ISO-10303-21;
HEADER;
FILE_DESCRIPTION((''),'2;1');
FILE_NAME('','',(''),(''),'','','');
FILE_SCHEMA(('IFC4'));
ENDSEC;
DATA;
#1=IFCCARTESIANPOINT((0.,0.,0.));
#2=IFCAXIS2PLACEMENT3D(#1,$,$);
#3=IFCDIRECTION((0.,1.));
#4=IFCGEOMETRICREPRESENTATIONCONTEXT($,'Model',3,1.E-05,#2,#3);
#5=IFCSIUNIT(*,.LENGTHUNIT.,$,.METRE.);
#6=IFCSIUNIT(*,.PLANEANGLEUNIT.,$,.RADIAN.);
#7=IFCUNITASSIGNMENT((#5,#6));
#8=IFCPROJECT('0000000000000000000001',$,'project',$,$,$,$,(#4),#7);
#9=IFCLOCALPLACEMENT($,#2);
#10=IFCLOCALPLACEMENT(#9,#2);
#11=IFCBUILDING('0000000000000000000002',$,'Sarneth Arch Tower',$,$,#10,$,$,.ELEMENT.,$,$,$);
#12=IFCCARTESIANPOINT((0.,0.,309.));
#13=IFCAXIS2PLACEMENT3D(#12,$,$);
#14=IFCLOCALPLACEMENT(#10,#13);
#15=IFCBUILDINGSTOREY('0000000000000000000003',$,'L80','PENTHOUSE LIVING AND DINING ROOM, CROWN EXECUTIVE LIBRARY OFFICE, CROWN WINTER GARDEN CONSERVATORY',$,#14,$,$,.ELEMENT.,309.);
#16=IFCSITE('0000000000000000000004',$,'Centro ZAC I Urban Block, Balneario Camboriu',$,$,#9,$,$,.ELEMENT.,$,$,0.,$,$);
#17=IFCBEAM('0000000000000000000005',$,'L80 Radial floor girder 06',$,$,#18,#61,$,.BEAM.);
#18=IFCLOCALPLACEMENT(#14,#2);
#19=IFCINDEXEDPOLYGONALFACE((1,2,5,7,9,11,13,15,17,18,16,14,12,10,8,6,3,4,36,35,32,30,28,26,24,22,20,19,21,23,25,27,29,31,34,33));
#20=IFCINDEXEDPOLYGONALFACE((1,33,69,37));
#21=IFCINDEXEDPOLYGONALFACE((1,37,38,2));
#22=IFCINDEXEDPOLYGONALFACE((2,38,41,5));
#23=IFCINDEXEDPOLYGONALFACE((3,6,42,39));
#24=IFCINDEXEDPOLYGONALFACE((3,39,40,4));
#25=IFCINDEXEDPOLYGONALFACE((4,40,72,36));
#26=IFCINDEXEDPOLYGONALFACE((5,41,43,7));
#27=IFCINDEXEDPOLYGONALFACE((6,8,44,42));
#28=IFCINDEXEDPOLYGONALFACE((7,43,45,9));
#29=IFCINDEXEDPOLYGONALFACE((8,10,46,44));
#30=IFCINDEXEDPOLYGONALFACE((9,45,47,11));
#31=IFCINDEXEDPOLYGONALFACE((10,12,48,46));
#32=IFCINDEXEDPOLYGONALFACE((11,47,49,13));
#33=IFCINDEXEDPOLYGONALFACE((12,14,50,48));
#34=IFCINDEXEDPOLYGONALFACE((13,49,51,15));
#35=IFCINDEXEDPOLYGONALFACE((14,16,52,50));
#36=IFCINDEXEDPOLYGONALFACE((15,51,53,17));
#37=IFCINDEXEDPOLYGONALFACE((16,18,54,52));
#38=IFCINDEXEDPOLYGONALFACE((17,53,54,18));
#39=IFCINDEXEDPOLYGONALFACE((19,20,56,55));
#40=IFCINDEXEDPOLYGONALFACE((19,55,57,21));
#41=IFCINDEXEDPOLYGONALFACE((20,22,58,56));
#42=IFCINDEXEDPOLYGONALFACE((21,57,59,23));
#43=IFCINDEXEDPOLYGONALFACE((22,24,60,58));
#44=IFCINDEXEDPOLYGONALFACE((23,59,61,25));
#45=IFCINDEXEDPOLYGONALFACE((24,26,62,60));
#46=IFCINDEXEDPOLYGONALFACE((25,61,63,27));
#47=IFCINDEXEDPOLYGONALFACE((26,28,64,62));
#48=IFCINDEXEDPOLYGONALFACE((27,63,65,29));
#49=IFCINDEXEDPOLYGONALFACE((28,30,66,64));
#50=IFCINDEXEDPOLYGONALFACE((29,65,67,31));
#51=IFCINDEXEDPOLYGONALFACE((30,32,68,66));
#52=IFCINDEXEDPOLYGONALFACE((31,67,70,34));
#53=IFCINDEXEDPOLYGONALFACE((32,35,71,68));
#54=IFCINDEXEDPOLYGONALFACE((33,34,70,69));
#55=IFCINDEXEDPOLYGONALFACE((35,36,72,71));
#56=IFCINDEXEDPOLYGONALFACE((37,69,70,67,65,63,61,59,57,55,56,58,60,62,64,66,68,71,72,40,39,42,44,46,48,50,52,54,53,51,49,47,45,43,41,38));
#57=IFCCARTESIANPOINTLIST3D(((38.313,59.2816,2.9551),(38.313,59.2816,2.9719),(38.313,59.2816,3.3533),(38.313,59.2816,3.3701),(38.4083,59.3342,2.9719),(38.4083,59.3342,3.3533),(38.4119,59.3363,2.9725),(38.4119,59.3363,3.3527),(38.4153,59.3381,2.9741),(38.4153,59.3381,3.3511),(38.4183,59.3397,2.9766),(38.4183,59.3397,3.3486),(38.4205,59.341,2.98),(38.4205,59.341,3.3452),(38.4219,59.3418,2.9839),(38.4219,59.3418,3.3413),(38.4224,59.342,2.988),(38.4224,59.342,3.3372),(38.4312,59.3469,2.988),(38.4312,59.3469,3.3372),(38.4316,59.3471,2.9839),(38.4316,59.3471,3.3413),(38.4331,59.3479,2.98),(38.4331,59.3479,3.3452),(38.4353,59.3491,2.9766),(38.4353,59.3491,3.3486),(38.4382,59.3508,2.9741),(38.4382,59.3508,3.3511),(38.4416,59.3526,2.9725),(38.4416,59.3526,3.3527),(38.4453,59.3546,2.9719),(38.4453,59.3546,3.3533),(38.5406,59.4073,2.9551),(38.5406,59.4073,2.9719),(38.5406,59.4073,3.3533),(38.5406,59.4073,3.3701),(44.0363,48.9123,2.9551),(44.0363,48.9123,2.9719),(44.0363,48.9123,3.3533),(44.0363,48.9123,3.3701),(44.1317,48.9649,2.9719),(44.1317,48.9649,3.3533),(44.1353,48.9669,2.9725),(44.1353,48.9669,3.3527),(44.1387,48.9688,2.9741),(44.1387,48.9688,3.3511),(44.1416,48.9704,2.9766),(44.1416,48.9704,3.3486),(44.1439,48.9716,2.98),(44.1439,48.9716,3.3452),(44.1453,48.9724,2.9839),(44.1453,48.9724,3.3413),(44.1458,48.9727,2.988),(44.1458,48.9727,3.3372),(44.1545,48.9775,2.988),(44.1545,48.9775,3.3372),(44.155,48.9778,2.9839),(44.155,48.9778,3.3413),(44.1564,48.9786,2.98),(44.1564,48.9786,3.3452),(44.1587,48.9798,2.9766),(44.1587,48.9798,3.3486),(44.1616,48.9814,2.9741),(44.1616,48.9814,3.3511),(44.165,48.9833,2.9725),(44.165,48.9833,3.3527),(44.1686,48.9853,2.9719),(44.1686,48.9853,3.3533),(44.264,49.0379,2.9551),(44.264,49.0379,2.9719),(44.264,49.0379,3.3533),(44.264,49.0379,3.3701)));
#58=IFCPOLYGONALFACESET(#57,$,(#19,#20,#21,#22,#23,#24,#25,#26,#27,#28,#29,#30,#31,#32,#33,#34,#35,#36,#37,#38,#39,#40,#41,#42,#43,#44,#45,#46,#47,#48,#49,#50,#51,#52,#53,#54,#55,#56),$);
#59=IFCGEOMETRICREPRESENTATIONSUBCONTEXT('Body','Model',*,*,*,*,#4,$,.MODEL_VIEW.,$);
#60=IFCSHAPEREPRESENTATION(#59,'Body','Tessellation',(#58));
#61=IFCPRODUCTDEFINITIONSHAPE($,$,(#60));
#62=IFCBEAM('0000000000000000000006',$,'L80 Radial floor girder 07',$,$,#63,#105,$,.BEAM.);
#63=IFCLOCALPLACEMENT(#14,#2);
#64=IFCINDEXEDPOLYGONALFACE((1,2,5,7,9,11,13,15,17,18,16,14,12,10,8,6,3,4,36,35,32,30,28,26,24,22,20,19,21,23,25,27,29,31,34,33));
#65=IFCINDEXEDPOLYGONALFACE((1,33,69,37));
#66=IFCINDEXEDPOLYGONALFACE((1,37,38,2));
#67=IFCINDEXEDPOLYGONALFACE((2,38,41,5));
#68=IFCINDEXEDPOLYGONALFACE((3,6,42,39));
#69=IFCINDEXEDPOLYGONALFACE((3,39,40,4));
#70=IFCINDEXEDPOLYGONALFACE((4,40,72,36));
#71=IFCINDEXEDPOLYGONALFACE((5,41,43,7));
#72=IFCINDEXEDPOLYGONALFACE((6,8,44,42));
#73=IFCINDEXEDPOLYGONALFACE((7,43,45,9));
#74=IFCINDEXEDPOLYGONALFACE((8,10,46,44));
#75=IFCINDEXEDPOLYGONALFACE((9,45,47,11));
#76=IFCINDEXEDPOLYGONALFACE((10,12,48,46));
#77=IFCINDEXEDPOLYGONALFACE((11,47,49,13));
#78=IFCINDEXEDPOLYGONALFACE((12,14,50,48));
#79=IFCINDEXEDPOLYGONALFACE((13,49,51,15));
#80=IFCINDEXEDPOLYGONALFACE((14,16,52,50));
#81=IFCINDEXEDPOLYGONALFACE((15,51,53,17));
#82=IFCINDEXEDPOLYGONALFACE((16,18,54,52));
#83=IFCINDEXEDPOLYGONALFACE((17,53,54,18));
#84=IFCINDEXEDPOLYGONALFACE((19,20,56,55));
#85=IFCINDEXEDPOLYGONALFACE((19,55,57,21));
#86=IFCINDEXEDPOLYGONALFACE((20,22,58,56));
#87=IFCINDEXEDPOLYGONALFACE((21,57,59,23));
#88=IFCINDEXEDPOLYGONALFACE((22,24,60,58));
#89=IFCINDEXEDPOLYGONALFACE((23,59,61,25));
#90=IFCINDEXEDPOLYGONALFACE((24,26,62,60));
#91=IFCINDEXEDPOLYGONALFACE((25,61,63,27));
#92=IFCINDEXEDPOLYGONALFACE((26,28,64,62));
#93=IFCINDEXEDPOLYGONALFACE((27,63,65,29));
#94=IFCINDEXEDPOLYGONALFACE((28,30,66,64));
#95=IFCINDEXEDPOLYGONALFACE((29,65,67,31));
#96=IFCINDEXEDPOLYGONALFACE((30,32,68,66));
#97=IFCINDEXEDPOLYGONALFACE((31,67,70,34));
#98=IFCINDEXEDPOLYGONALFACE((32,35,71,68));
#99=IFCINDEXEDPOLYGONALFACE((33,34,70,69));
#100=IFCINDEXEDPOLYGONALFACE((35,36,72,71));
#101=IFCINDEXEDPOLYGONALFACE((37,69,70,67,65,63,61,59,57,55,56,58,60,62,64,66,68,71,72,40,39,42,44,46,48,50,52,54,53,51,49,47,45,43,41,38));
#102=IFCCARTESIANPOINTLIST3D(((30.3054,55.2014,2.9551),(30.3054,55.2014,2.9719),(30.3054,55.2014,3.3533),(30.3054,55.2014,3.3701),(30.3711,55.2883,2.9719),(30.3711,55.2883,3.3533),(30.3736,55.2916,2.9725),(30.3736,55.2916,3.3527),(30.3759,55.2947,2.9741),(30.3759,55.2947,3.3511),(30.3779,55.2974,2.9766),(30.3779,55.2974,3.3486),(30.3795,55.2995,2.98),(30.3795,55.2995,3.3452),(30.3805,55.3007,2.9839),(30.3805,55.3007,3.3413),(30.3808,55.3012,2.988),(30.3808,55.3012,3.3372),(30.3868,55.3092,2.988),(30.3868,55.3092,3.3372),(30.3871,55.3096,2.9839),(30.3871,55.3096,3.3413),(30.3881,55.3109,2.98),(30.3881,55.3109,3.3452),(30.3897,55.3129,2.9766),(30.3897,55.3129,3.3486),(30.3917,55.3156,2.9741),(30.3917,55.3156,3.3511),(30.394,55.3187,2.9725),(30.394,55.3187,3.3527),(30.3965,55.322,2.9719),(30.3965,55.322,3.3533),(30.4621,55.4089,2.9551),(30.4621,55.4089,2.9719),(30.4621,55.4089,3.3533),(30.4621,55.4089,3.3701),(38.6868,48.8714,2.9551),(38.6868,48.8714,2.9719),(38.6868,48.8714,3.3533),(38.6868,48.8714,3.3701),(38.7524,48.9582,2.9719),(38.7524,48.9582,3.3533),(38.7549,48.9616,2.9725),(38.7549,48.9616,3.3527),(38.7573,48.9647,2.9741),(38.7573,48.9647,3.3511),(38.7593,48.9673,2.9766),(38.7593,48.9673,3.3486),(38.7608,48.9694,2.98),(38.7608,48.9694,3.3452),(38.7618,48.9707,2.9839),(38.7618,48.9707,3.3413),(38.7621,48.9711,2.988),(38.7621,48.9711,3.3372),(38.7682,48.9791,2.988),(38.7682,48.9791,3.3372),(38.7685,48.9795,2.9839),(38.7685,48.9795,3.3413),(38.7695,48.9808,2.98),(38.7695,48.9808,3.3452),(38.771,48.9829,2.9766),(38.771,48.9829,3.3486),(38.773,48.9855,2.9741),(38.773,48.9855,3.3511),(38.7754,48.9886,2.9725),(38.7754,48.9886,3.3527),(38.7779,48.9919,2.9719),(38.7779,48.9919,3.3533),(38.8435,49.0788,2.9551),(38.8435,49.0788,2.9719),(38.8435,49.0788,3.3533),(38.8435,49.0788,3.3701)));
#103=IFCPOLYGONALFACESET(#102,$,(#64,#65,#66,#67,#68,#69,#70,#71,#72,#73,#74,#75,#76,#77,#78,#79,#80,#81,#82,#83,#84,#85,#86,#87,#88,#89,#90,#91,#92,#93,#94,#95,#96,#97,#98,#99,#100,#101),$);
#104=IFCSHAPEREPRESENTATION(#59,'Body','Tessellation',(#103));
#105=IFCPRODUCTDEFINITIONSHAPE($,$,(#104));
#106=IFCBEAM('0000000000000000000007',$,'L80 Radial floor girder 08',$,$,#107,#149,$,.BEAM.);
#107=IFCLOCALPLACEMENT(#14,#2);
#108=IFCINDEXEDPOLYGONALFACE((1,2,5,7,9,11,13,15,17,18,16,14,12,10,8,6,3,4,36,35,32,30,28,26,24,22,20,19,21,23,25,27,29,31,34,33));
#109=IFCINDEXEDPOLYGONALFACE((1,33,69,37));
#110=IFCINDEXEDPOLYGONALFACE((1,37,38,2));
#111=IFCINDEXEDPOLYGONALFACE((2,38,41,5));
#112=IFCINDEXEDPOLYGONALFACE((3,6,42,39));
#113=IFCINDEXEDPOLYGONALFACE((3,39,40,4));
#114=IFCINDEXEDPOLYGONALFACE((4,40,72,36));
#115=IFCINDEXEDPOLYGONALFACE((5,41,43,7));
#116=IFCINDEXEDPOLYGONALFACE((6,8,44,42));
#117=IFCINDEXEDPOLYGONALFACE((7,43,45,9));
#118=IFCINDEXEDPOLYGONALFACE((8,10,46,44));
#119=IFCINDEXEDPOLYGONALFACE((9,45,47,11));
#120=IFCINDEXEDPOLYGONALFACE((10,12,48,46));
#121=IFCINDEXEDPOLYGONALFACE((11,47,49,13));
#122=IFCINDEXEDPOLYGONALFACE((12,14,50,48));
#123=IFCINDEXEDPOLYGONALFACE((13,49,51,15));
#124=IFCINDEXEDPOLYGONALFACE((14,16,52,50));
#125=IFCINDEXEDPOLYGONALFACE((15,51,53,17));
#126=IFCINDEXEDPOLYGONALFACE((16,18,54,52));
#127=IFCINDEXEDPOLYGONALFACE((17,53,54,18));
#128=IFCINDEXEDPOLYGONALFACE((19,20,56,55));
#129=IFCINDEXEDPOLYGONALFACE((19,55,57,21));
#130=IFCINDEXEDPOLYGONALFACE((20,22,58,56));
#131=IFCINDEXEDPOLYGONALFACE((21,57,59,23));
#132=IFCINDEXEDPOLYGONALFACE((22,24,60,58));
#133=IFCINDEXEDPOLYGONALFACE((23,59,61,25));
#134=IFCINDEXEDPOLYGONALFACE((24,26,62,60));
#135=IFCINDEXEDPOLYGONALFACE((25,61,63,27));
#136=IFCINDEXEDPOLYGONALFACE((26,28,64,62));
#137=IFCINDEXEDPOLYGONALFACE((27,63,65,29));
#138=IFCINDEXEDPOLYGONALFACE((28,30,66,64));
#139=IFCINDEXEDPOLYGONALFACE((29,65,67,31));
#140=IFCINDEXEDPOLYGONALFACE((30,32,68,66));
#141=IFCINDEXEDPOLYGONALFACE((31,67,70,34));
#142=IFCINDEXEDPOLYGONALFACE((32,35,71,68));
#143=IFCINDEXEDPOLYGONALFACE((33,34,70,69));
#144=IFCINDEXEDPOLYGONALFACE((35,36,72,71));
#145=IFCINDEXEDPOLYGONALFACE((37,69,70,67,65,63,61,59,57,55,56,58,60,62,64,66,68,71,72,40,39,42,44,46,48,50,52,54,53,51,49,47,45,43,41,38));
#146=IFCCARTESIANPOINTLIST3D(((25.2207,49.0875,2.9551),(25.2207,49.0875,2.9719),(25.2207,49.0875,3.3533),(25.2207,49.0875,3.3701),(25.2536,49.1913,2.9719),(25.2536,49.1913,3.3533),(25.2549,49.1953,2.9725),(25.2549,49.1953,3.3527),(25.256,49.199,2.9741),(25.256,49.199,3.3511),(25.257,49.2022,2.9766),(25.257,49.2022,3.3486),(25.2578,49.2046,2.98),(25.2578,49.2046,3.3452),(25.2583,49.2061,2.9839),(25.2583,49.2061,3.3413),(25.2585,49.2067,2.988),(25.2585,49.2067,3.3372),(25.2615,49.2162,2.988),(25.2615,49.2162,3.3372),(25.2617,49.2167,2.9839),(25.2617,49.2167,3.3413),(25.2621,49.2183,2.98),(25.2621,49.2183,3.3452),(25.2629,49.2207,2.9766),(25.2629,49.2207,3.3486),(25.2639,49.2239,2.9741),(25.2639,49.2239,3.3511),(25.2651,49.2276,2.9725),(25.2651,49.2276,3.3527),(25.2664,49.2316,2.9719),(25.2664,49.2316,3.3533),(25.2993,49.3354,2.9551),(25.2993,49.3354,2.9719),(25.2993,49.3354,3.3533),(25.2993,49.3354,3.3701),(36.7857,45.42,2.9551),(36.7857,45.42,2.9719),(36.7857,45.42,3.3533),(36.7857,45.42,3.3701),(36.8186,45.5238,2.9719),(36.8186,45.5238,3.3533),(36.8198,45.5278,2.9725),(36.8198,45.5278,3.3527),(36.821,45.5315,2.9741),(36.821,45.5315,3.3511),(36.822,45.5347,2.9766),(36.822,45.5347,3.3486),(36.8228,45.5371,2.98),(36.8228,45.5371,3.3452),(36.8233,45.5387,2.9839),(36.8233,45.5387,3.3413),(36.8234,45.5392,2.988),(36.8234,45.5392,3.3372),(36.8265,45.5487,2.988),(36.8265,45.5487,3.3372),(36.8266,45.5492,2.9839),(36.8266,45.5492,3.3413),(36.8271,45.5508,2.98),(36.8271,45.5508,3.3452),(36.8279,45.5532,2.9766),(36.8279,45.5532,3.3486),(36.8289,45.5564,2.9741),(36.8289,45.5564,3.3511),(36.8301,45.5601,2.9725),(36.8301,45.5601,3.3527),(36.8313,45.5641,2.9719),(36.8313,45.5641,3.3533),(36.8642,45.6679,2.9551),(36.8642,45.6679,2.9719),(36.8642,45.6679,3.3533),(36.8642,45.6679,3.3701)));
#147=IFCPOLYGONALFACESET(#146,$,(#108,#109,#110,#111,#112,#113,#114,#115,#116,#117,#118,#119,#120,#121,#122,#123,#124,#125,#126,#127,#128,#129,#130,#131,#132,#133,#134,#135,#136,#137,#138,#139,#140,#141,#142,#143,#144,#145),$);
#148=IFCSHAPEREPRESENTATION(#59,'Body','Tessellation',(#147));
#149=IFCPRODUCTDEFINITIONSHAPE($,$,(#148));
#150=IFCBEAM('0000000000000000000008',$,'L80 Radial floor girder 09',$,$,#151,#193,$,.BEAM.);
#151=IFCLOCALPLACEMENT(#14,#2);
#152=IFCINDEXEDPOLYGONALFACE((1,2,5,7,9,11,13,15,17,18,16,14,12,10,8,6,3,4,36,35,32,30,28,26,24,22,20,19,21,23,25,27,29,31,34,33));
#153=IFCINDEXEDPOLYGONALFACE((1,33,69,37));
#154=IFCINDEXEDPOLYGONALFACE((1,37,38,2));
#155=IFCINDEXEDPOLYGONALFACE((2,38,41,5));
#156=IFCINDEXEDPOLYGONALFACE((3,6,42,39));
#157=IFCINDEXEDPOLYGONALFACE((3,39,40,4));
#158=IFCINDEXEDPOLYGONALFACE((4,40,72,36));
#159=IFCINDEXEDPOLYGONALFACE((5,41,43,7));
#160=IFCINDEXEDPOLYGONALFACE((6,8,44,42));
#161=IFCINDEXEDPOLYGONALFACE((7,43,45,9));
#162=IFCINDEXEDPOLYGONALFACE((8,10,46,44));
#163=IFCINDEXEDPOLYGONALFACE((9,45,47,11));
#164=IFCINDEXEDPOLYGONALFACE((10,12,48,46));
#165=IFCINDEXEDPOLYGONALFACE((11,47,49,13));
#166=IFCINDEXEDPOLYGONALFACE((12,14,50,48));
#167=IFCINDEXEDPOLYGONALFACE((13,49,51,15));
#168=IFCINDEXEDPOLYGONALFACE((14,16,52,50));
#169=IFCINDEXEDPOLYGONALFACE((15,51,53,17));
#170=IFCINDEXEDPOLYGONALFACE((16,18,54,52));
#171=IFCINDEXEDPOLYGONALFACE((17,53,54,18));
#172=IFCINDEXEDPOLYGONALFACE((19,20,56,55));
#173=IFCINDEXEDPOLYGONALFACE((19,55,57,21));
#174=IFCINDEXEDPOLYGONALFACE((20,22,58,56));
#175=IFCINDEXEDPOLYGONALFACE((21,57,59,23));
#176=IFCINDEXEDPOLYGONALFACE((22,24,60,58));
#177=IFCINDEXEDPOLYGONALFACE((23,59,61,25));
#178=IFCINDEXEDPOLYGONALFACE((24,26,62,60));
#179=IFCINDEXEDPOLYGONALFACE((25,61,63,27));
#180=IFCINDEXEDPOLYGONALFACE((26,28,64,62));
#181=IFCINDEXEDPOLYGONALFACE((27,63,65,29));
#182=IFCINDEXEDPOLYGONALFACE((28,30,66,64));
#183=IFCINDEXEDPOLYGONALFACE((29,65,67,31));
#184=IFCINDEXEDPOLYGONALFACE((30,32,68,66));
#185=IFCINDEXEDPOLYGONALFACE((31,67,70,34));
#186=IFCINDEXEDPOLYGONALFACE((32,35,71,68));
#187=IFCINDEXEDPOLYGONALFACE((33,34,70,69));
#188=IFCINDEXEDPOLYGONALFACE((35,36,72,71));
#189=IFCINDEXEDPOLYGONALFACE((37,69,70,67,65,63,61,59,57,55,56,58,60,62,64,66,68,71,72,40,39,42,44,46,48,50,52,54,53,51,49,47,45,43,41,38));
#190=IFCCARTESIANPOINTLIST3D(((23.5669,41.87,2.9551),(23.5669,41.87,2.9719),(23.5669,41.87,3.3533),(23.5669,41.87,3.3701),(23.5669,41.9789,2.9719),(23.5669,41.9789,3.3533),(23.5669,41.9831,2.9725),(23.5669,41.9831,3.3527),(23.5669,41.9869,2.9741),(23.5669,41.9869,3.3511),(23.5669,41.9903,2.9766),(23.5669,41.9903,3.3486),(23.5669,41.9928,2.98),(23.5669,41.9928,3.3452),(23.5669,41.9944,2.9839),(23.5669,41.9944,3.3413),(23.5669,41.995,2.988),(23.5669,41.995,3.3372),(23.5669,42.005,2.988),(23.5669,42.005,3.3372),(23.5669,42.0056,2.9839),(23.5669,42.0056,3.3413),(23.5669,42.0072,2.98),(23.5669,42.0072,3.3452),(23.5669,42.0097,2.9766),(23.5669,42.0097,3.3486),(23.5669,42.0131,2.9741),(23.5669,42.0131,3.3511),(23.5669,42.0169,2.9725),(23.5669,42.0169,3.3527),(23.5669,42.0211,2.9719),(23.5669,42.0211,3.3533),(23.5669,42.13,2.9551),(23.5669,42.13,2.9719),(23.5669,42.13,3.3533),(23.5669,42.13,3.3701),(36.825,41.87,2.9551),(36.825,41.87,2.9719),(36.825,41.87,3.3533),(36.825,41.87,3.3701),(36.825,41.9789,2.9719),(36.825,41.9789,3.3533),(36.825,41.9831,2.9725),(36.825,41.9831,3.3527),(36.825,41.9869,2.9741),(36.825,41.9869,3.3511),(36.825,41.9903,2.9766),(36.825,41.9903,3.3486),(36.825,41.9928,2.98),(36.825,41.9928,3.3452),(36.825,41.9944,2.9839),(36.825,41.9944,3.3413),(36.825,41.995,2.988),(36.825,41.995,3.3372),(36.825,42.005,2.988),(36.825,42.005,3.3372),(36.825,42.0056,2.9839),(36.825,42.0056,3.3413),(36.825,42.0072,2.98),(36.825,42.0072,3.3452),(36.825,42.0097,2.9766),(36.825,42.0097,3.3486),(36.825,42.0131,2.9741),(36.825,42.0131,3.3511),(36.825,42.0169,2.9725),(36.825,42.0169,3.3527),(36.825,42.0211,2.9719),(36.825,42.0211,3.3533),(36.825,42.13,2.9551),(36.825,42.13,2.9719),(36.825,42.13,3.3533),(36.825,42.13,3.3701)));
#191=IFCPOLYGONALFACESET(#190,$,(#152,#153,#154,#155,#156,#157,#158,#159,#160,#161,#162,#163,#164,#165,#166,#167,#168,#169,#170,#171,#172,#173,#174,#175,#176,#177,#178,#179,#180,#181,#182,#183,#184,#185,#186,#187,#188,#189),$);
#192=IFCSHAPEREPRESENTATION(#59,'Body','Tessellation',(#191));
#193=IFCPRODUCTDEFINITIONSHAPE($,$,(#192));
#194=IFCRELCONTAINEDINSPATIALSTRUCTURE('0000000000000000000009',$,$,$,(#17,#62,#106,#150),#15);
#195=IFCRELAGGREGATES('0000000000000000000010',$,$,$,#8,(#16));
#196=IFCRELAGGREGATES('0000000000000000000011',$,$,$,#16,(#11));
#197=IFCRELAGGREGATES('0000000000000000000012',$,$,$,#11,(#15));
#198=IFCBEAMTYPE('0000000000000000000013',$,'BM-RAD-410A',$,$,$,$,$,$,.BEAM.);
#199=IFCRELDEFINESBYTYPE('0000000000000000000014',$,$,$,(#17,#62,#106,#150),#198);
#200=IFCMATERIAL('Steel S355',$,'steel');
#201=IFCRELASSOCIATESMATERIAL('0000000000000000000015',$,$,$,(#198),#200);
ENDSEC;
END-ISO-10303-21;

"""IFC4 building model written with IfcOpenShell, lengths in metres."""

from ifc_helpers import new_model, si_unit, direction, frame, origin, origin_2d, place, context, subcontext, project, spatial, i_section, extrude, material, material_profile, profile_set, type_object, element, save


model = new_model("IFC4")

# Units and contexts
model_context = context("Model", 3, precision=1e-05, world=origin(), true_north=direction((0.0, 1.0)))
body_context = subcontext(model_context, "Body", "Model", "MODEL_VIEW")
ifc_project = project(units=[si_unit("LENGTHUNIT", "METRE"), si_unit("PLANEANGLEUNIT", "RADIAN")], contexts=[model_context])

# Site, building, storey
site_placement = place(None, origin())
site = spatial("IfcSite", under=ifc_project, at=site_placement, Name="Centro ZAC I Urban Block, Balneario Camboriu", CompositionType="ELEMENT", RefElevation=0.0)
building_placement = place(site_placement, origin())
building = spatial("IfcBuilding", under=site, at=building_placement, Name="Sarneth Arch Tower", CompositionType="ELEMENT")
storey_placement = place(building_placement, frame((0.0, 0.0, 309.0)))
storey = spatial("IfcBuildingStorey", under=building, at=storey_placement, Name="L80", Description="PENTHOUSE LIVING AND DINING ROOM, CROWN EXECUTIVE LIBRARY OFFICE, CROWN WINTER GARDEN CONSERVATORY", CompositionType="ELEMENT", Elevation=309.0)

# Beams
ifc_material_1 = material(Name="Steel S355", Category="steel")
ifc_material_profile = material_profile(ifc_material_1, i_section(OverallWidth=0.26, OverallDepth=0.415, WebThickness=0.01, FlangeThickness=0.0168, FilletRadius=0.0161, at=origin_2d()), Name="W410x100")
ifc_profile_set = profile_set([ifc_material_profile], Name="Steel S355")
beam_type = type_object("IfcBeamType", Name="BM-RAD-410A", PredefinedType="BEAM", material=ifc_profile_set)
beam_1_placement = place(storey_placement, frame((44.1501, 48.9751, 3.1626), z_axis=(-0.483229, 0.875494, 0.0), x_axis=(-0.875494, -0.483229, 0.0)))
element("IfcBeam", 1, at=beam_1_placement, inside=storey, type_object=beam_type, Name="L80 Radial floor girder 06", PredefinedType="BEAM", context=body_context, shape_type="SweptSolid", body=[
    extrude(i_section(OverallWidth=0.26, OverallDepth=0.415, WebThickness=0.01, FlangeThickness=0.0168, FilletRadius=0.0161, at=origin_2d()), origin(), (0.0, 0.0, 1.0), 11.844),
])
beam_2_placement = place(storey_placement, frame((38.7651, 48.9751, 3.1626), z_axis=(-0.797982, 0.602682, 0.0), x_axis=(-0.602682, -0.797982, 0.0)))
element("IfcBeam", 2, at=beam_2_placement, inside=storey, type_object=beam_type, Name="L80 Radial floor girder 07", PredefinedType="BEAM", context=body_context, shape_type="SweptSolid", body=[
    extrude(i_section(OverallWidth=0.26, OverallDepth=0.415, WebThickness=0.01, FlangeThickness=0.0168, FilletRadius=0.0161, at=origin_2d()), origin(), (0.0, 0.0, 1.0), 10.5032),
])
beam_3_placement = place(storey_placement, frame((36.825, 45.5439, 3.1626), z_axis=(-0.953218, 0.302285, 0.0), x_axis=(-0.302285, -0.953218, 0.0)))
element("IfcBeam", 3, at=beam_3_placement, inside=storey, type_object=beam_type, Name="L80 Radial floor girder 08", PredefinedType="BEAM", context=body_context, shape_type="SweptSolid", body=[
    extrude(i_section(OverallWidth=0.26, OverallDepth=0.415, WebThickness=0.01, FlangeThickness=0.0168, FilletRadius=0.0161, at=origin_2d()), origin(), (0.0, 0.0, 1.0), 12.1326),
])
beam_4_placement = place(storey_placement, frame((36.825, 42.0, 3.1626), z_axis=(-1.0, 0.0, 0.0), x_axis=(0.0, -1.0, 0.0)))
element("IfcBeam", 4, at=beam_4_placement, inside=storey, type_object=beam_type, Name="L80 Radial floor girder 09", PredefinedType="BEAM", context=body_context, shape_type="SweptSolid", body=[
    extrude(i_section(OverallWidth=0.26, OverallDepth=0.415, WebThickness=0.01, FlangeThickness=0.0168, FilletRadius=0.0161, at=origin_2d()), origin(), (0.0, 0.0, 1.0), 13.2581),
])

save(model, "model.ifc")
